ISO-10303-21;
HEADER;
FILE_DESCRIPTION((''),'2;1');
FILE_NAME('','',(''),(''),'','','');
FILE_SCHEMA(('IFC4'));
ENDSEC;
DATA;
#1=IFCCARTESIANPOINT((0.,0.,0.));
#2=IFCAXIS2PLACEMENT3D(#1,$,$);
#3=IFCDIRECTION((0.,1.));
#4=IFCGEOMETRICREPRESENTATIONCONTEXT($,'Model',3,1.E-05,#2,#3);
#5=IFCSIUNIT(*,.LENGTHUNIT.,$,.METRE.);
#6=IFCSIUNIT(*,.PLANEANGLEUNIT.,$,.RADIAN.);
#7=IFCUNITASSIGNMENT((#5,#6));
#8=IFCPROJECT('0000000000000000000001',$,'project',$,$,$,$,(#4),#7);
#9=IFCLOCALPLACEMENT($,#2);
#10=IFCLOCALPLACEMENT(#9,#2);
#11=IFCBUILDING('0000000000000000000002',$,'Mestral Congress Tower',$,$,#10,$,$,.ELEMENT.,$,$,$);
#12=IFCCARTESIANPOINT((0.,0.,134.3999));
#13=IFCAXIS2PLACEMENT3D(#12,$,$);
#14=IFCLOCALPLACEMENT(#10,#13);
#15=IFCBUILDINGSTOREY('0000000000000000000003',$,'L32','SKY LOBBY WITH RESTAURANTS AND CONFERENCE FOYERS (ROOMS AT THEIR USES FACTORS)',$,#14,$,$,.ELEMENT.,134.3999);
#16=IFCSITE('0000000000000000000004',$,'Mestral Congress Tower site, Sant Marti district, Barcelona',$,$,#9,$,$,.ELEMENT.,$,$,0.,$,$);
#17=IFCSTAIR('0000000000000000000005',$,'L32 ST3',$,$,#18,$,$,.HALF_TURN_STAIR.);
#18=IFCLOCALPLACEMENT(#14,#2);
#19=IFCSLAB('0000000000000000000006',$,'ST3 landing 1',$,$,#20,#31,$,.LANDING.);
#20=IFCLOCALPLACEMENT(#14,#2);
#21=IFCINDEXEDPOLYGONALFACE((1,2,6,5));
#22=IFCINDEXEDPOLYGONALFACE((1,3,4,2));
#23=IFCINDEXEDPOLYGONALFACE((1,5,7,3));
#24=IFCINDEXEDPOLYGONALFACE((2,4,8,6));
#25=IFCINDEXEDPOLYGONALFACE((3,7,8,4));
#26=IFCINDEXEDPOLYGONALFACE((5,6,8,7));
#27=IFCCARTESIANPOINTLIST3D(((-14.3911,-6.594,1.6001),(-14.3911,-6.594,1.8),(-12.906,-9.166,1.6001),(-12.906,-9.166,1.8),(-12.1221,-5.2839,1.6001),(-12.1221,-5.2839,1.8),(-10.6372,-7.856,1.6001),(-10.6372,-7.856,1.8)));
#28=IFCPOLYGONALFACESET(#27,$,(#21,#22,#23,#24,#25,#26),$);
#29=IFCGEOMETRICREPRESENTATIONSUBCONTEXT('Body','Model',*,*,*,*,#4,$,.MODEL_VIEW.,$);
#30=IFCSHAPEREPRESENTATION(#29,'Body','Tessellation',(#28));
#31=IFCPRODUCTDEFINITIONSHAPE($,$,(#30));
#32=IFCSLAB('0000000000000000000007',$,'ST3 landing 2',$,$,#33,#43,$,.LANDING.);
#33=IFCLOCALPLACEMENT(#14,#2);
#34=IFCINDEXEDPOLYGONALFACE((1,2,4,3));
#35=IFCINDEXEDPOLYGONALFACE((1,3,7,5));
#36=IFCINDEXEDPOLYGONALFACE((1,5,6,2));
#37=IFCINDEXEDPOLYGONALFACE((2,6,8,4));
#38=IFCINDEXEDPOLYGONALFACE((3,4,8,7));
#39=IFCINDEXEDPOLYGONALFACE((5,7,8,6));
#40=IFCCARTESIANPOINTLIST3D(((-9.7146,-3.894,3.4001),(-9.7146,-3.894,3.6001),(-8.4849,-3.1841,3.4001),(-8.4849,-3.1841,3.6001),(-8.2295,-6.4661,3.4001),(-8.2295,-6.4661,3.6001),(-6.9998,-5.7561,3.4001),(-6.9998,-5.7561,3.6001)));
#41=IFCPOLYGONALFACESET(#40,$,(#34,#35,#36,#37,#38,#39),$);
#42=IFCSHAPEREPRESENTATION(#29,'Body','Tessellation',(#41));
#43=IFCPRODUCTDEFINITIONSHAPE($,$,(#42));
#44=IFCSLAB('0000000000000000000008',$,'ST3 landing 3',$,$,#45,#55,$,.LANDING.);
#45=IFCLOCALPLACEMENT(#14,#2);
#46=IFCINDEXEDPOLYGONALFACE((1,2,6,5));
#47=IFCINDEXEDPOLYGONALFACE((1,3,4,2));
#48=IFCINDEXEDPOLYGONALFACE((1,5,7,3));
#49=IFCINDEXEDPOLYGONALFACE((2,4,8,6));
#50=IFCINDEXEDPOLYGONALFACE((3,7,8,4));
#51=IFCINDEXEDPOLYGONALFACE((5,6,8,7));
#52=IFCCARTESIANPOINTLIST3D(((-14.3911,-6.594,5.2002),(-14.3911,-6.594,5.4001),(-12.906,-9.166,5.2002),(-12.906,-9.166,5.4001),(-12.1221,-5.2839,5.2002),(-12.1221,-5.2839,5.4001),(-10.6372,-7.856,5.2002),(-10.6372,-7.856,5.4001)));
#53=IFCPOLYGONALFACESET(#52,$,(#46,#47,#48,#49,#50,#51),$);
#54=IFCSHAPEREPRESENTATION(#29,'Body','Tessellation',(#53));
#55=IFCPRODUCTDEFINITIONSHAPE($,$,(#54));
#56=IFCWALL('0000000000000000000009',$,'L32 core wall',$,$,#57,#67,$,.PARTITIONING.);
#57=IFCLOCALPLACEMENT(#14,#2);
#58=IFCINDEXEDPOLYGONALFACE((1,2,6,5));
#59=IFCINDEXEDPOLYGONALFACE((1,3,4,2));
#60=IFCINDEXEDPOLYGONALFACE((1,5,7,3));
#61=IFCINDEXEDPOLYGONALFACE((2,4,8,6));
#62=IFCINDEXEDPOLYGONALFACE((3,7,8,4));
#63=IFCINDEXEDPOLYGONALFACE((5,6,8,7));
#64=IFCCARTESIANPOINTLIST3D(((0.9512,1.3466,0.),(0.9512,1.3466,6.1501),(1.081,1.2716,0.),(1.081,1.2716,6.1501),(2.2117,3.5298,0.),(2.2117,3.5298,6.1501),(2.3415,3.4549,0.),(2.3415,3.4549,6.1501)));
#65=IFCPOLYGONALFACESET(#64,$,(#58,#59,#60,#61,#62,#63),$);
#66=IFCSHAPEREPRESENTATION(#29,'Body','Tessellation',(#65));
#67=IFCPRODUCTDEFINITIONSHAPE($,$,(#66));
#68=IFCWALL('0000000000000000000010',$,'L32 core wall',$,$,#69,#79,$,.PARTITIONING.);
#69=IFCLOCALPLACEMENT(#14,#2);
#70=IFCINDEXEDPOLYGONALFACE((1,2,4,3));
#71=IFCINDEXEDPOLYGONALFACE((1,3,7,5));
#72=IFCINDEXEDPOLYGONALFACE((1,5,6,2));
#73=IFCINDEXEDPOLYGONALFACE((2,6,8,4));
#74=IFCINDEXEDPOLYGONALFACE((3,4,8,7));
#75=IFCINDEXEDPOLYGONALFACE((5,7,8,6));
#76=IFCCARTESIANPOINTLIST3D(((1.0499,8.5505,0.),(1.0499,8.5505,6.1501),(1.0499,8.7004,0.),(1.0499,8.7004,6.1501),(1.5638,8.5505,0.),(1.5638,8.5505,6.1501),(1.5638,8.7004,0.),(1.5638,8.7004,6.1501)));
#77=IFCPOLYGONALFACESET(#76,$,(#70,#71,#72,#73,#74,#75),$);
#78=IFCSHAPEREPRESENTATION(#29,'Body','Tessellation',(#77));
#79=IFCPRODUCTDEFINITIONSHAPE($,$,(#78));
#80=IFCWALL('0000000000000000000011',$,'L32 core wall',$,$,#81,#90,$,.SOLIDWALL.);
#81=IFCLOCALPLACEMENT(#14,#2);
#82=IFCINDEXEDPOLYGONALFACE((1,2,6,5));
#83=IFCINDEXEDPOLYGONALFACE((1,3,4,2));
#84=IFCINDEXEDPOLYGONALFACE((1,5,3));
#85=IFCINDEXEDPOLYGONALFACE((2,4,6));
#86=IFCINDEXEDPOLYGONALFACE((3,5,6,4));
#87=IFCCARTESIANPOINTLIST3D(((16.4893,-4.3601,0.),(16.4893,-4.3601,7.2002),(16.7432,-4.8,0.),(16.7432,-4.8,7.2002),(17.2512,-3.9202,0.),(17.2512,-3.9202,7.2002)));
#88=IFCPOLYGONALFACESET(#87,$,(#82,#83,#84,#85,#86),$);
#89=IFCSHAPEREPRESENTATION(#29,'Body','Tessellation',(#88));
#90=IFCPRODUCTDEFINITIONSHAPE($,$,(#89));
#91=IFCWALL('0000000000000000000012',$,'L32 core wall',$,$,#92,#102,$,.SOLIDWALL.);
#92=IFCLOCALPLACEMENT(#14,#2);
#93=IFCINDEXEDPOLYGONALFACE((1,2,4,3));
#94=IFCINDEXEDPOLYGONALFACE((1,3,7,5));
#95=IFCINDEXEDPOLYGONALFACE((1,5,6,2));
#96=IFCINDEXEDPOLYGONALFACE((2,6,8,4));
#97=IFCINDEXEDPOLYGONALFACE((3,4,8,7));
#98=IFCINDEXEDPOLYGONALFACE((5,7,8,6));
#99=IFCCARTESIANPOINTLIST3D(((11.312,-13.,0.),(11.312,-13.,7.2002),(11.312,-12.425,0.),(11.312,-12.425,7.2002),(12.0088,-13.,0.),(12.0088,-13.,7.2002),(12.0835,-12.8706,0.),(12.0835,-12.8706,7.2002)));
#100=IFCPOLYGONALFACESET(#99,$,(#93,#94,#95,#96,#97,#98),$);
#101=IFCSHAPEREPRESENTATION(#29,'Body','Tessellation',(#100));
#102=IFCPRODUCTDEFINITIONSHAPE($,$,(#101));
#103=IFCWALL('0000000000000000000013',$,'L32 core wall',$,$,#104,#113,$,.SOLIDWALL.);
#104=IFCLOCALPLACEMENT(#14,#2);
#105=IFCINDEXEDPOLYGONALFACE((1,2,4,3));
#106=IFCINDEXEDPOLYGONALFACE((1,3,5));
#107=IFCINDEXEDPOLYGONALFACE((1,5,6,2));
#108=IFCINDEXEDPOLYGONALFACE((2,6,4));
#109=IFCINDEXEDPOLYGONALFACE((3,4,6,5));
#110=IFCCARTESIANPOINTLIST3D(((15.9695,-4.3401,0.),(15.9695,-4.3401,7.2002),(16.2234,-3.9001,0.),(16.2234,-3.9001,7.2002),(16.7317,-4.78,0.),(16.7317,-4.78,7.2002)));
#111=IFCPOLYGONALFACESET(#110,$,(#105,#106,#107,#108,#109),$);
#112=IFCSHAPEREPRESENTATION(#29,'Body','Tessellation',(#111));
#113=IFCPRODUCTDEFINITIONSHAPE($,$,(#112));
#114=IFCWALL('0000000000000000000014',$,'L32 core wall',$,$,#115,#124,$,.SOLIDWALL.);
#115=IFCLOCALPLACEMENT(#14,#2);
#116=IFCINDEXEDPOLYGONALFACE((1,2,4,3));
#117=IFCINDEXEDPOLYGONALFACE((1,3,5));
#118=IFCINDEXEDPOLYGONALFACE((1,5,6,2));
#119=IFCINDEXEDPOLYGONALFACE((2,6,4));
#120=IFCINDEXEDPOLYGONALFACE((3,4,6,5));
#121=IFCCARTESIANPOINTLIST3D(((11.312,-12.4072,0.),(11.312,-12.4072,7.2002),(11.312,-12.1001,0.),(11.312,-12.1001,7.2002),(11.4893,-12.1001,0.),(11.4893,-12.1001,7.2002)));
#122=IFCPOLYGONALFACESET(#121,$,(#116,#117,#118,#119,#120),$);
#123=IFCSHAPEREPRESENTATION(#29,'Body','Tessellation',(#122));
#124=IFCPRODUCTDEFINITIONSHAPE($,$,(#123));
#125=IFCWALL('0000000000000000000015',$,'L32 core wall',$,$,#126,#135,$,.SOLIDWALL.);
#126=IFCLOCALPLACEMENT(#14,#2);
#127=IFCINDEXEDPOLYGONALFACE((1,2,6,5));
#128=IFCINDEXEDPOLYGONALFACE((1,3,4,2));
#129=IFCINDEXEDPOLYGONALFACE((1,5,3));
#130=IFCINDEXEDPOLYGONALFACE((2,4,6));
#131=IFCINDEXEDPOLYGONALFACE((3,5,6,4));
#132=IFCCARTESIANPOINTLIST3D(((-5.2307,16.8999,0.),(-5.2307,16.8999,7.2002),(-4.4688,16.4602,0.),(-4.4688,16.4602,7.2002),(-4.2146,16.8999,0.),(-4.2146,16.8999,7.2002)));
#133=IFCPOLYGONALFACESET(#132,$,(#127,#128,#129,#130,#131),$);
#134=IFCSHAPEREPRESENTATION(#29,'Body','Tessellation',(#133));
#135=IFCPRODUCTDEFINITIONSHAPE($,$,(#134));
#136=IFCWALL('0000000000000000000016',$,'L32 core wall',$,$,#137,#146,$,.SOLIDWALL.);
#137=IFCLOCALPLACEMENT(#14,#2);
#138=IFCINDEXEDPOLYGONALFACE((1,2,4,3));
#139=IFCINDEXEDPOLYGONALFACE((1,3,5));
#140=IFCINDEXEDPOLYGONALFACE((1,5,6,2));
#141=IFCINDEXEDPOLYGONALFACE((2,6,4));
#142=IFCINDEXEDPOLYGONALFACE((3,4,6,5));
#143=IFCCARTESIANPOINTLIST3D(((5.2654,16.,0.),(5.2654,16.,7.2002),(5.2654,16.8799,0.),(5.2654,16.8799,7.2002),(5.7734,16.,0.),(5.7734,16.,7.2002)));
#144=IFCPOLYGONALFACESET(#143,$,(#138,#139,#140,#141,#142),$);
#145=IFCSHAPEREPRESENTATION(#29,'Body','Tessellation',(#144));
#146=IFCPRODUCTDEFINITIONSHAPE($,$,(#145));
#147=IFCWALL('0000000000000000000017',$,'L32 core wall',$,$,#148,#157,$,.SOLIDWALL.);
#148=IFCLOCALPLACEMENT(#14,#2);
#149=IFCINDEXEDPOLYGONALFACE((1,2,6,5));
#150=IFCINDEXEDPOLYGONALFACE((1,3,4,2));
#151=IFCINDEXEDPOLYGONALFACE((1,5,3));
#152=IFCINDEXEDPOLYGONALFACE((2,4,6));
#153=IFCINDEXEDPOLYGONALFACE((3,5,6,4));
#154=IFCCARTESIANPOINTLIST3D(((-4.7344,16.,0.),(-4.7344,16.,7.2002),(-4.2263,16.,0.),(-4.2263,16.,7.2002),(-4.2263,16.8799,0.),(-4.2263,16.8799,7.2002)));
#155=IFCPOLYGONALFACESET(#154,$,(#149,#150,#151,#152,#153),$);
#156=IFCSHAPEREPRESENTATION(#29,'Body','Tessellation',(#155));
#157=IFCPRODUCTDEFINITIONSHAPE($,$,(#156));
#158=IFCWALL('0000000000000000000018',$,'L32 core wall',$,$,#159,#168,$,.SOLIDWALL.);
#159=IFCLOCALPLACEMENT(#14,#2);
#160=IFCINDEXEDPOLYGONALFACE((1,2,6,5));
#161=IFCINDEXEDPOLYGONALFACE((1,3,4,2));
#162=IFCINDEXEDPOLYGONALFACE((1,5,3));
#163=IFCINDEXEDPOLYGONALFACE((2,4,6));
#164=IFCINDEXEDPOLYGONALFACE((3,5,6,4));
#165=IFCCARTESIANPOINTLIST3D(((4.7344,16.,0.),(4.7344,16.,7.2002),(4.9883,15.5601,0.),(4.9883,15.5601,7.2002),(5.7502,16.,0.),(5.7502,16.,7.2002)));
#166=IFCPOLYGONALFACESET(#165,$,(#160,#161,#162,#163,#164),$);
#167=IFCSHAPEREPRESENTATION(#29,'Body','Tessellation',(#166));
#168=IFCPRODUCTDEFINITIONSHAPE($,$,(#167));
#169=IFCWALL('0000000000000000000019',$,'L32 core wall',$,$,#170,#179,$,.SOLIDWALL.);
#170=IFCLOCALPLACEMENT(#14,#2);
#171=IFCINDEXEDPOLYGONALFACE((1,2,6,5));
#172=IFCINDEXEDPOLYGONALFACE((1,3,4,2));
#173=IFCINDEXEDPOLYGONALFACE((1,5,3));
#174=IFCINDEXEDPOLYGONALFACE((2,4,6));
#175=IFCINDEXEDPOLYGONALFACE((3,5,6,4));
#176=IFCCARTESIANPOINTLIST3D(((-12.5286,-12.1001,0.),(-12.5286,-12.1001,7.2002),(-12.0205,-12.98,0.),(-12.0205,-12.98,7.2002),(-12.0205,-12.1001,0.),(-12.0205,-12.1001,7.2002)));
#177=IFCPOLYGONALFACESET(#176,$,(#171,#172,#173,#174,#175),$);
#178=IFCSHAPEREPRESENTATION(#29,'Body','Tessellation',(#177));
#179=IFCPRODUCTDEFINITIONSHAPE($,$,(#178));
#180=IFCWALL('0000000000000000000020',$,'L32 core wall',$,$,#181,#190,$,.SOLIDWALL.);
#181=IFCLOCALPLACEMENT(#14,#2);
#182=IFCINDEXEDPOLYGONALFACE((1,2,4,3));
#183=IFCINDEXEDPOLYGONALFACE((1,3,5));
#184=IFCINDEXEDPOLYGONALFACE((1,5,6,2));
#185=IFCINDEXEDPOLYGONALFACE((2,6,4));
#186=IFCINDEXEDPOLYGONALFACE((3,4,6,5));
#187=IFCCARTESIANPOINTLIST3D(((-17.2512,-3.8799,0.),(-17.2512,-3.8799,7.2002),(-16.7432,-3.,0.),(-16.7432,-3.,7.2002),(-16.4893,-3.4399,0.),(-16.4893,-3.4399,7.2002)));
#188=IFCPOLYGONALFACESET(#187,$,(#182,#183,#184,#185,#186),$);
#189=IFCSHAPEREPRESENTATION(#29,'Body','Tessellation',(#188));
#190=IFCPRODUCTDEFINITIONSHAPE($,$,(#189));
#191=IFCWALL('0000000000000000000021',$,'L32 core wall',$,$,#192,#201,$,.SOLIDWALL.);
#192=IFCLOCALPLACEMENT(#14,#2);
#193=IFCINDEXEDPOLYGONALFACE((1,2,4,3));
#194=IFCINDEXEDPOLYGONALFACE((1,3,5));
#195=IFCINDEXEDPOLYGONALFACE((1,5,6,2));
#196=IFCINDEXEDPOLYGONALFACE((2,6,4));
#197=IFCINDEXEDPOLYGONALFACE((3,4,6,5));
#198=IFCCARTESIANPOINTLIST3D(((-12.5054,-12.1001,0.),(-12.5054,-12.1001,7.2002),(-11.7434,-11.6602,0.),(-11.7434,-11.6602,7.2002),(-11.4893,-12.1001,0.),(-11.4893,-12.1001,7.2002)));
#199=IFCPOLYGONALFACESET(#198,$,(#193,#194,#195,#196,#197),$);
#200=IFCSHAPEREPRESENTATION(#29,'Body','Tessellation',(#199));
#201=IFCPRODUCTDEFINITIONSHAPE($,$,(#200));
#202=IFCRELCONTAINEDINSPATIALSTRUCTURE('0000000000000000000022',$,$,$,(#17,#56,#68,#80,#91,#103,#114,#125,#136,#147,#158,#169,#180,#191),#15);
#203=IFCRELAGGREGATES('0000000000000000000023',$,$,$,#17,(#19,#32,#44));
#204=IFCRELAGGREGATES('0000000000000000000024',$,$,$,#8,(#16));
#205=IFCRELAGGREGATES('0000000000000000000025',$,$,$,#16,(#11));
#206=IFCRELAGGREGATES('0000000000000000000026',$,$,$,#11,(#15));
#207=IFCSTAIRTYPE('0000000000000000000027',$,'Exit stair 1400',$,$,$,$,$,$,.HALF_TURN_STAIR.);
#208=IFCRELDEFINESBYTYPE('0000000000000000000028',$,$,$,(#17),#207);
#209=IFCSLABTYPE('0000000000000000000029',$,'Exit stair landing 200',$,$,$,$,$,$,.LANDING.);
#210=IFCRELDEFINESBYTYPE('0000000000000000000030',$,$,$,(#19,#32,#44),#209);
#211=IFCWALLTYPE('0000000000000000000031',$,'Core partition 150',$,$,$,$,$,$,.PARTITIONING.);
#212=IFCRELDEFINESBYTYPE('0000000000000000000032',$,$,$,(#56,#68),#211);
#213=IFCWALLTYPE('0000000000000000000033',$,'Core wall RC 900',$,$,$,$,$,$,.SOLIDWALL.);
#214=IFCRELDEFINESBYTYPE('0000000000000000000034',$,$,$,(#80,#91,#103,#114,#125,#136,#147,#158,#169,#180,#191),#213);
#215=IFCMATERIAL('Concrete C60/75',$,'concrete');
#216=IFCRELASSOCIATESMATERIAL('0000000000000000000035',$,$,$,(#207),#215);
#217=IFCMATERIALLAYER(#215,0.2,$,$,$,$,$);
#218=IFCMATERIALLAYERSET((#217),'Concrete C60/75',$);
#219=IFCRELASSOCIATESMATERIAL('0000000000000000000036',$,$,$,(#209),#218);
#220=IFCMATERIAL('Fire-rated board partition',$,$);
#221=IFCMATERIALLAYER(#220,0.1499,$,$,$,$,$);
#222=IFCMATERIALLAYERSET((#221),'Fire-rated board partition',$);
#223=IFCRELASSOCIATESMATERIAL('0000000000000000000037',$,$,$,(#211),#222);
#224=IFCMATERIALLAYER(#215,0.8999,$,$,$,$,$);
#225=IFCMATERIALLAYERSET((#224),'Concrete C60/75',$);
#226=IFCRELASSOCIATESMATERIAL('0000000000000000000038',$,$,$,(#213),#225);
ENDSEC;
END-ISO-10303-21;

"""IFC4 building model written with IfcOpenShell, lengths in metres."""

from ifc_helpers import new_model, si_unit, direction, frame, frame_2d, origin, place, context, subcontext, project, spatial, polyline, rectangle, outline, extrude, material, layer, layer_set, type_object, element, aggregate, save


model = new_model("IFC4")

# Units and contexts
model_context = context("Model", 3, precision=1e-05, world=origin(), true_north=direction((0.0, 1.0)))
body_context = subcontext(model_context, "Body", "Model", "MODEL_VIEW")
ifc_project = project(units=[si_unit("LENGTHUNIT", "METRE"), si_unit("PLANEANGLEUNIT", "RADIAN")], contexts=[model_context])

# Site, building, storey
site_placement = place(None, origin())
site = spatial("IfcSite", under=ifc_project, at=site_placement, Name="Mestral Congress Tower site, Sant Marti district, Barcelona", CompositionType="ELEMENT", RefElevation=0.0)
building_placement = place(site_placement, origin())
building = spatial("IfcBuilding", under=site, at=building_placement, Name="Mestral Congress Tower", CompositionType="ELEMENT")
storey_placement = place(building_placement, frame((0.0, 0.0, 134.3999)))
storey = spatial("IfcBuildingStorey", under=building, at=storey_placement, Name="L32", Description="SKY LOBBY WITH RESTAURANTS AND CONFERENCE FOYERS (ROOMS AT THEIR USES FACTORS)", CompositionType="ELEMENT", Elevation=134.3999)

# Shared definitions
ifc_material_1 = material(Name="Concrete C60/75", Category="concrete")

# Shared definitions
stair_type = type_object("IfcStairType", Name="Exit stair 1400", PredefinedType="HALF_TURN_STAIR", material=ifc_material_1)
placement_1 = place(storey_placement, origin())
ifc_layer_1 = layer(ifc_material_1, 0.2)
ifc_layer_set_1 = layer_set([ifc_layer_1], Name="Concrete C60/75")
slab_type_1 = type_object("IfcSlabType", Name="Exit stair landing 200", PredefinedType="LANDING", material=ifc_layer_set_1)
placement_2 = place(storey_placement, frame((0.0, 0.0, 5.2002)))

# Stair, slabs
stair_1 = element("IfcStair", 1, at=placement_1, inside=storey, type_object=stair_type, Name="L32 ST3", PredefinedType="HALF_TURN_STAIR")
slab_1_placement = place(storey_placement, frame((0.0, 0.0, 1.6001)))
slab_1 = element("IfcSlab", 2, at=slab_1_placement, type_object=slab_type_1, Name="ST3 landing 1", PredefinedType="LANDING", context=body_context, shape_type="SweptSolid", body=[
    extrude(outline(polyline([(-12.1221, -5.2839), (-10.6372, -7.856), (-12.906, -9.166), (-14.3911, -6.594), (-12.1221, -5.2839)])), origin(), (0.0, 0.0, 1.0), 0.2),
])
slab_2_placement = place(storey_placement, frame((0.0, 0.0, 3.4001)))
slab_2 = element("IfcSlab", 3, at=slab_2_placement, type_object=slab_type_1, Name="ST3 landing 2", PredefinedType="LANDING", context=body_context, shape_type="SweptSolid", body=[
    extrude(outline(polyline([(-8.4849, -3.1841), (-6.9998, -5.7561), (-8.2295, -6.4661), (-9.7146, -3.894), (-8.4849, -3.1841)])), origin(), (0.0, 0.0, 1.0), 0.2),
])
slab_3 = element("IfcSlab", 4, at=placement_2, type_object=slab_type_1, Name="ST3 landing 3", PredefinedType="LANDING", context=body_context, shape_type="SweptSolid", body=[
    extrude(outline(polyline([(-12.1221, -5.2839), (-10.6372, -7.856), (-12.906, -9.166), (-14.3911, -6.594), (-12.1221, -5.2839)])), origin(), (0.0, 0.0, 1.0), 0.2),
])
aggregate(stair_1, [slab_1, slab_2, slab_3])

# Walls
ifc_material_2 = material(Name="Fire-rated board partition")
ifc_layer_2 = layer(ifc_material_2, 0.1499)
ifc_layer_set_2 = layer_set([ifc_layer_2], Name="Fire-rated board partition")
wall_type_1 = type_object("IfcWallType", Name="Core partition 150", PredefinedType="PARTITIONING", material=ifc_layer_set_2)
wall_1_placement = place(storey_placement, frame((1.0161, 1.3091, 0.0), z_axis=(0.0, 0.0, 1.0), x_axis=(0.499982, 0.866036, 0.0)))
element("IfcWall", 5, at=wall_1_placement, inside=storey, type_object=wall_type_1, Name="L32 core wall", PredefinedType="PARTITIONING", context=body_context, shape_type="SweptSolid", body=[
    extrude(rectangle(XDim=2.521, YDim=0.1499, at=frame_2d((1.2605, 0.0))), origin(), (0.0, 0.0, 1.0), 6.1501),
])
wall_2_placement = place(storey_placement, frame((1.05, 8.6255, 0.0), z_axis=(0.0, 0.0, 1.0), x_axis=(1.0, 0.0, 0.0)))
element("IfcWall", 6, at=wall_2_placement, inside=storey, type_object=wall_type_1, Name="L32 core wall", PredefinedType="PARTITIONING", context=body_context, shape_type="SweptSolid", body=[
    extrude(rectangle(XDim=0.5139, YDim=0.1499, at=frame_2d((0.2568, 0.0))), origin(), (0.0, 0.0, 1.0), 6.1501),
])
ifc_layer_3 = layer(ifc_material_1, 0.8999)
ifc_layer_set_3 = layer_set([ifc_layer_3], Name="Concrete C60/75")
wall_type_2 = type_object("IfcWallType", Name="Core wall RC 900", PredefinedType="SOLIDWALL", material=ifc_layer_set_3)
element("IfcWall", 7, at=placement_1, inside=storey, type_object=wall_type_2, Name="L32 core wall", PredefinedType="SOLIDWALL", context=body_context, shape_type="SweptSolid", body=[
    extrude(outline(polyline([(16.7432, -4.8), (16.4893, -4.3601), (17.2512, -3.9202), (16.7432, -4.8)])), origin(), (0.0, 0.0, 1.0), 7.2002),
])
element("IfcWall", 8, at=placement_1, inside=storey, type_object=wall_type_2, Name="L32 core wall", PredefinedType="SOLIDWALL", context=body_context, shape_type="SweptSolid", body=[
    extrude(outline(polyline([(12.0088, -13.0), (11.312, -13.0), (11.312, -12.425), (12.0835, -12.8706), (12.0088, -13.0)])), origin(), (0.0, 0.0, 1.0), 7.2002),
])
element("IfcWall", 9, at=placement_1, inside=storey, type_object=wall_type_2, Name="L32 core wall", PredefinedType="SOLIDWALL", context=body_context, shape_type="SweptSolid", body=[
    extrude(outline(polyline([(16.2234, -3.9001), (16.7317, -4.78), (15.9695, -4.3401), (16.2234, -3.9001)])), origin(), (0.0, 0.0, 1.0), 7.2002),
])
element("IfcWall", 10, at=placement_1, inside=storey, type_object=wall_type_2, Name="L32 core wall", PredefinedType="SOLIDWALL", context=body_context, shape_type="SweptSolid", body=[
    extrude(outline(polyline([(11.4893, -12.1001), (11.312, -12.4072), (11.312, -12.1001), (11.4893, -12.1001)])), origin(), (0.0, 0.0, 1.0), 7.2002),
])
element("IfcWall", 11, at=placement_1, inside=storey, type_object=wall_type_2, Name="L32 core wall", PredefinedType="SOLIDWALL", context=body_context, shape_type="SweptSolid", body=[
    extrude(outline(polyline([(-4.2146, 16.8999), (-4.4688, 16.4602), (-5.2307, 16.8999), (-4.2146, 16.8999)])), origin(), (0.0, 0.0, 1.0), 7.2002),
])
element("IfcWall", 12, at=placement_1, inside=storey, type_object=wall_type_2, Name="L32 core wall", PredefinedType="SOLIDWALL", context=body_context, shape_type="SweptSolid", body=[
    extrude(outline(polyline([(5.2654, 16.0), (5.2654, 16.8799), (5.7734, 16.0), (5.2654, 16.0)])), origin(), (0.0, 0.0, 1.0), 7.2002),
])
element("IfcWall", 13, at=placement_1, inside=storey, type_object=wall_type_2, Name="L32 core wall", PredefinedType="SOLIDWALL", context=body_context, shape_type="SweptSolid", body=[
    extrude(outline(polyline([(-4.7344, 16.0), (-4.2263, 16.8799), (-4.2263, 16.0), (-4.7344, 16.0)])), origin(), (0.0, 0.0, 1.0), 7.2002),
])
element("IfcWall", 14, at=placement_1, inside=storey, type_object=wall_type_2, Name="L32 core wall", PredefinedType="SOLIDWALL", context=body_context, shape_type="SweptSolid", body=[
    extrude(outline(polyline([(4.7344, 16.0), (5.7502, 16.0), (4.9883, 15.5601), (4.7344, 16.0)])), origin(), (0.0, 0.0, 1.0), 7.2002),
])
element("IfcWall", 15, at=placement_1, inside=storey, type_object=wall_type_2, Name="L32 core wall", PredefinedType="SOLIDWALL", context=body_context, shape_type="SweptSolid", body=[
    extrude(outline(polyline([(-12.5286, -12.1001), (-12.0205, -12.1001), (-12.0205, -12.98), (-12.5286, -12.1001)])), origin(), (0.0, 0.0, 1.0), 7.2002),
])
element("IfcWall", 16, at=placement_1, inside=storey, type_object=wall_type_2, Name="L32 core wall", PredefinedType="SOLIDWALL", context=body_context, shape_type="SweptSolid", body=[
    extrude(outline(polyline([(-16.4893, -3.4399), (-17.2512, -3.8799), (-16.7432, -3.0), (-16.4893, -3.4399)])), origin(), (0.0, 0.0, 1.0), 7.2002),
])
element("IfcWall", 17, at=placement_1, inside=storey, type_object=wall_type_2, Name="L32 core wall", PredefinedType="SOLIDWALL", context=body_context, shape_type="SweptSolid", body=[
    extrude(outline(polyline([(-11.4893, -12.1001), (-12.5054, -12.1001), (-11.7434, -11.6602), (-11.4893, -12.1001)])), origin(), (0.0, 0.0, 1.0), 7.2002),
])

save(model, "model.ifc")
